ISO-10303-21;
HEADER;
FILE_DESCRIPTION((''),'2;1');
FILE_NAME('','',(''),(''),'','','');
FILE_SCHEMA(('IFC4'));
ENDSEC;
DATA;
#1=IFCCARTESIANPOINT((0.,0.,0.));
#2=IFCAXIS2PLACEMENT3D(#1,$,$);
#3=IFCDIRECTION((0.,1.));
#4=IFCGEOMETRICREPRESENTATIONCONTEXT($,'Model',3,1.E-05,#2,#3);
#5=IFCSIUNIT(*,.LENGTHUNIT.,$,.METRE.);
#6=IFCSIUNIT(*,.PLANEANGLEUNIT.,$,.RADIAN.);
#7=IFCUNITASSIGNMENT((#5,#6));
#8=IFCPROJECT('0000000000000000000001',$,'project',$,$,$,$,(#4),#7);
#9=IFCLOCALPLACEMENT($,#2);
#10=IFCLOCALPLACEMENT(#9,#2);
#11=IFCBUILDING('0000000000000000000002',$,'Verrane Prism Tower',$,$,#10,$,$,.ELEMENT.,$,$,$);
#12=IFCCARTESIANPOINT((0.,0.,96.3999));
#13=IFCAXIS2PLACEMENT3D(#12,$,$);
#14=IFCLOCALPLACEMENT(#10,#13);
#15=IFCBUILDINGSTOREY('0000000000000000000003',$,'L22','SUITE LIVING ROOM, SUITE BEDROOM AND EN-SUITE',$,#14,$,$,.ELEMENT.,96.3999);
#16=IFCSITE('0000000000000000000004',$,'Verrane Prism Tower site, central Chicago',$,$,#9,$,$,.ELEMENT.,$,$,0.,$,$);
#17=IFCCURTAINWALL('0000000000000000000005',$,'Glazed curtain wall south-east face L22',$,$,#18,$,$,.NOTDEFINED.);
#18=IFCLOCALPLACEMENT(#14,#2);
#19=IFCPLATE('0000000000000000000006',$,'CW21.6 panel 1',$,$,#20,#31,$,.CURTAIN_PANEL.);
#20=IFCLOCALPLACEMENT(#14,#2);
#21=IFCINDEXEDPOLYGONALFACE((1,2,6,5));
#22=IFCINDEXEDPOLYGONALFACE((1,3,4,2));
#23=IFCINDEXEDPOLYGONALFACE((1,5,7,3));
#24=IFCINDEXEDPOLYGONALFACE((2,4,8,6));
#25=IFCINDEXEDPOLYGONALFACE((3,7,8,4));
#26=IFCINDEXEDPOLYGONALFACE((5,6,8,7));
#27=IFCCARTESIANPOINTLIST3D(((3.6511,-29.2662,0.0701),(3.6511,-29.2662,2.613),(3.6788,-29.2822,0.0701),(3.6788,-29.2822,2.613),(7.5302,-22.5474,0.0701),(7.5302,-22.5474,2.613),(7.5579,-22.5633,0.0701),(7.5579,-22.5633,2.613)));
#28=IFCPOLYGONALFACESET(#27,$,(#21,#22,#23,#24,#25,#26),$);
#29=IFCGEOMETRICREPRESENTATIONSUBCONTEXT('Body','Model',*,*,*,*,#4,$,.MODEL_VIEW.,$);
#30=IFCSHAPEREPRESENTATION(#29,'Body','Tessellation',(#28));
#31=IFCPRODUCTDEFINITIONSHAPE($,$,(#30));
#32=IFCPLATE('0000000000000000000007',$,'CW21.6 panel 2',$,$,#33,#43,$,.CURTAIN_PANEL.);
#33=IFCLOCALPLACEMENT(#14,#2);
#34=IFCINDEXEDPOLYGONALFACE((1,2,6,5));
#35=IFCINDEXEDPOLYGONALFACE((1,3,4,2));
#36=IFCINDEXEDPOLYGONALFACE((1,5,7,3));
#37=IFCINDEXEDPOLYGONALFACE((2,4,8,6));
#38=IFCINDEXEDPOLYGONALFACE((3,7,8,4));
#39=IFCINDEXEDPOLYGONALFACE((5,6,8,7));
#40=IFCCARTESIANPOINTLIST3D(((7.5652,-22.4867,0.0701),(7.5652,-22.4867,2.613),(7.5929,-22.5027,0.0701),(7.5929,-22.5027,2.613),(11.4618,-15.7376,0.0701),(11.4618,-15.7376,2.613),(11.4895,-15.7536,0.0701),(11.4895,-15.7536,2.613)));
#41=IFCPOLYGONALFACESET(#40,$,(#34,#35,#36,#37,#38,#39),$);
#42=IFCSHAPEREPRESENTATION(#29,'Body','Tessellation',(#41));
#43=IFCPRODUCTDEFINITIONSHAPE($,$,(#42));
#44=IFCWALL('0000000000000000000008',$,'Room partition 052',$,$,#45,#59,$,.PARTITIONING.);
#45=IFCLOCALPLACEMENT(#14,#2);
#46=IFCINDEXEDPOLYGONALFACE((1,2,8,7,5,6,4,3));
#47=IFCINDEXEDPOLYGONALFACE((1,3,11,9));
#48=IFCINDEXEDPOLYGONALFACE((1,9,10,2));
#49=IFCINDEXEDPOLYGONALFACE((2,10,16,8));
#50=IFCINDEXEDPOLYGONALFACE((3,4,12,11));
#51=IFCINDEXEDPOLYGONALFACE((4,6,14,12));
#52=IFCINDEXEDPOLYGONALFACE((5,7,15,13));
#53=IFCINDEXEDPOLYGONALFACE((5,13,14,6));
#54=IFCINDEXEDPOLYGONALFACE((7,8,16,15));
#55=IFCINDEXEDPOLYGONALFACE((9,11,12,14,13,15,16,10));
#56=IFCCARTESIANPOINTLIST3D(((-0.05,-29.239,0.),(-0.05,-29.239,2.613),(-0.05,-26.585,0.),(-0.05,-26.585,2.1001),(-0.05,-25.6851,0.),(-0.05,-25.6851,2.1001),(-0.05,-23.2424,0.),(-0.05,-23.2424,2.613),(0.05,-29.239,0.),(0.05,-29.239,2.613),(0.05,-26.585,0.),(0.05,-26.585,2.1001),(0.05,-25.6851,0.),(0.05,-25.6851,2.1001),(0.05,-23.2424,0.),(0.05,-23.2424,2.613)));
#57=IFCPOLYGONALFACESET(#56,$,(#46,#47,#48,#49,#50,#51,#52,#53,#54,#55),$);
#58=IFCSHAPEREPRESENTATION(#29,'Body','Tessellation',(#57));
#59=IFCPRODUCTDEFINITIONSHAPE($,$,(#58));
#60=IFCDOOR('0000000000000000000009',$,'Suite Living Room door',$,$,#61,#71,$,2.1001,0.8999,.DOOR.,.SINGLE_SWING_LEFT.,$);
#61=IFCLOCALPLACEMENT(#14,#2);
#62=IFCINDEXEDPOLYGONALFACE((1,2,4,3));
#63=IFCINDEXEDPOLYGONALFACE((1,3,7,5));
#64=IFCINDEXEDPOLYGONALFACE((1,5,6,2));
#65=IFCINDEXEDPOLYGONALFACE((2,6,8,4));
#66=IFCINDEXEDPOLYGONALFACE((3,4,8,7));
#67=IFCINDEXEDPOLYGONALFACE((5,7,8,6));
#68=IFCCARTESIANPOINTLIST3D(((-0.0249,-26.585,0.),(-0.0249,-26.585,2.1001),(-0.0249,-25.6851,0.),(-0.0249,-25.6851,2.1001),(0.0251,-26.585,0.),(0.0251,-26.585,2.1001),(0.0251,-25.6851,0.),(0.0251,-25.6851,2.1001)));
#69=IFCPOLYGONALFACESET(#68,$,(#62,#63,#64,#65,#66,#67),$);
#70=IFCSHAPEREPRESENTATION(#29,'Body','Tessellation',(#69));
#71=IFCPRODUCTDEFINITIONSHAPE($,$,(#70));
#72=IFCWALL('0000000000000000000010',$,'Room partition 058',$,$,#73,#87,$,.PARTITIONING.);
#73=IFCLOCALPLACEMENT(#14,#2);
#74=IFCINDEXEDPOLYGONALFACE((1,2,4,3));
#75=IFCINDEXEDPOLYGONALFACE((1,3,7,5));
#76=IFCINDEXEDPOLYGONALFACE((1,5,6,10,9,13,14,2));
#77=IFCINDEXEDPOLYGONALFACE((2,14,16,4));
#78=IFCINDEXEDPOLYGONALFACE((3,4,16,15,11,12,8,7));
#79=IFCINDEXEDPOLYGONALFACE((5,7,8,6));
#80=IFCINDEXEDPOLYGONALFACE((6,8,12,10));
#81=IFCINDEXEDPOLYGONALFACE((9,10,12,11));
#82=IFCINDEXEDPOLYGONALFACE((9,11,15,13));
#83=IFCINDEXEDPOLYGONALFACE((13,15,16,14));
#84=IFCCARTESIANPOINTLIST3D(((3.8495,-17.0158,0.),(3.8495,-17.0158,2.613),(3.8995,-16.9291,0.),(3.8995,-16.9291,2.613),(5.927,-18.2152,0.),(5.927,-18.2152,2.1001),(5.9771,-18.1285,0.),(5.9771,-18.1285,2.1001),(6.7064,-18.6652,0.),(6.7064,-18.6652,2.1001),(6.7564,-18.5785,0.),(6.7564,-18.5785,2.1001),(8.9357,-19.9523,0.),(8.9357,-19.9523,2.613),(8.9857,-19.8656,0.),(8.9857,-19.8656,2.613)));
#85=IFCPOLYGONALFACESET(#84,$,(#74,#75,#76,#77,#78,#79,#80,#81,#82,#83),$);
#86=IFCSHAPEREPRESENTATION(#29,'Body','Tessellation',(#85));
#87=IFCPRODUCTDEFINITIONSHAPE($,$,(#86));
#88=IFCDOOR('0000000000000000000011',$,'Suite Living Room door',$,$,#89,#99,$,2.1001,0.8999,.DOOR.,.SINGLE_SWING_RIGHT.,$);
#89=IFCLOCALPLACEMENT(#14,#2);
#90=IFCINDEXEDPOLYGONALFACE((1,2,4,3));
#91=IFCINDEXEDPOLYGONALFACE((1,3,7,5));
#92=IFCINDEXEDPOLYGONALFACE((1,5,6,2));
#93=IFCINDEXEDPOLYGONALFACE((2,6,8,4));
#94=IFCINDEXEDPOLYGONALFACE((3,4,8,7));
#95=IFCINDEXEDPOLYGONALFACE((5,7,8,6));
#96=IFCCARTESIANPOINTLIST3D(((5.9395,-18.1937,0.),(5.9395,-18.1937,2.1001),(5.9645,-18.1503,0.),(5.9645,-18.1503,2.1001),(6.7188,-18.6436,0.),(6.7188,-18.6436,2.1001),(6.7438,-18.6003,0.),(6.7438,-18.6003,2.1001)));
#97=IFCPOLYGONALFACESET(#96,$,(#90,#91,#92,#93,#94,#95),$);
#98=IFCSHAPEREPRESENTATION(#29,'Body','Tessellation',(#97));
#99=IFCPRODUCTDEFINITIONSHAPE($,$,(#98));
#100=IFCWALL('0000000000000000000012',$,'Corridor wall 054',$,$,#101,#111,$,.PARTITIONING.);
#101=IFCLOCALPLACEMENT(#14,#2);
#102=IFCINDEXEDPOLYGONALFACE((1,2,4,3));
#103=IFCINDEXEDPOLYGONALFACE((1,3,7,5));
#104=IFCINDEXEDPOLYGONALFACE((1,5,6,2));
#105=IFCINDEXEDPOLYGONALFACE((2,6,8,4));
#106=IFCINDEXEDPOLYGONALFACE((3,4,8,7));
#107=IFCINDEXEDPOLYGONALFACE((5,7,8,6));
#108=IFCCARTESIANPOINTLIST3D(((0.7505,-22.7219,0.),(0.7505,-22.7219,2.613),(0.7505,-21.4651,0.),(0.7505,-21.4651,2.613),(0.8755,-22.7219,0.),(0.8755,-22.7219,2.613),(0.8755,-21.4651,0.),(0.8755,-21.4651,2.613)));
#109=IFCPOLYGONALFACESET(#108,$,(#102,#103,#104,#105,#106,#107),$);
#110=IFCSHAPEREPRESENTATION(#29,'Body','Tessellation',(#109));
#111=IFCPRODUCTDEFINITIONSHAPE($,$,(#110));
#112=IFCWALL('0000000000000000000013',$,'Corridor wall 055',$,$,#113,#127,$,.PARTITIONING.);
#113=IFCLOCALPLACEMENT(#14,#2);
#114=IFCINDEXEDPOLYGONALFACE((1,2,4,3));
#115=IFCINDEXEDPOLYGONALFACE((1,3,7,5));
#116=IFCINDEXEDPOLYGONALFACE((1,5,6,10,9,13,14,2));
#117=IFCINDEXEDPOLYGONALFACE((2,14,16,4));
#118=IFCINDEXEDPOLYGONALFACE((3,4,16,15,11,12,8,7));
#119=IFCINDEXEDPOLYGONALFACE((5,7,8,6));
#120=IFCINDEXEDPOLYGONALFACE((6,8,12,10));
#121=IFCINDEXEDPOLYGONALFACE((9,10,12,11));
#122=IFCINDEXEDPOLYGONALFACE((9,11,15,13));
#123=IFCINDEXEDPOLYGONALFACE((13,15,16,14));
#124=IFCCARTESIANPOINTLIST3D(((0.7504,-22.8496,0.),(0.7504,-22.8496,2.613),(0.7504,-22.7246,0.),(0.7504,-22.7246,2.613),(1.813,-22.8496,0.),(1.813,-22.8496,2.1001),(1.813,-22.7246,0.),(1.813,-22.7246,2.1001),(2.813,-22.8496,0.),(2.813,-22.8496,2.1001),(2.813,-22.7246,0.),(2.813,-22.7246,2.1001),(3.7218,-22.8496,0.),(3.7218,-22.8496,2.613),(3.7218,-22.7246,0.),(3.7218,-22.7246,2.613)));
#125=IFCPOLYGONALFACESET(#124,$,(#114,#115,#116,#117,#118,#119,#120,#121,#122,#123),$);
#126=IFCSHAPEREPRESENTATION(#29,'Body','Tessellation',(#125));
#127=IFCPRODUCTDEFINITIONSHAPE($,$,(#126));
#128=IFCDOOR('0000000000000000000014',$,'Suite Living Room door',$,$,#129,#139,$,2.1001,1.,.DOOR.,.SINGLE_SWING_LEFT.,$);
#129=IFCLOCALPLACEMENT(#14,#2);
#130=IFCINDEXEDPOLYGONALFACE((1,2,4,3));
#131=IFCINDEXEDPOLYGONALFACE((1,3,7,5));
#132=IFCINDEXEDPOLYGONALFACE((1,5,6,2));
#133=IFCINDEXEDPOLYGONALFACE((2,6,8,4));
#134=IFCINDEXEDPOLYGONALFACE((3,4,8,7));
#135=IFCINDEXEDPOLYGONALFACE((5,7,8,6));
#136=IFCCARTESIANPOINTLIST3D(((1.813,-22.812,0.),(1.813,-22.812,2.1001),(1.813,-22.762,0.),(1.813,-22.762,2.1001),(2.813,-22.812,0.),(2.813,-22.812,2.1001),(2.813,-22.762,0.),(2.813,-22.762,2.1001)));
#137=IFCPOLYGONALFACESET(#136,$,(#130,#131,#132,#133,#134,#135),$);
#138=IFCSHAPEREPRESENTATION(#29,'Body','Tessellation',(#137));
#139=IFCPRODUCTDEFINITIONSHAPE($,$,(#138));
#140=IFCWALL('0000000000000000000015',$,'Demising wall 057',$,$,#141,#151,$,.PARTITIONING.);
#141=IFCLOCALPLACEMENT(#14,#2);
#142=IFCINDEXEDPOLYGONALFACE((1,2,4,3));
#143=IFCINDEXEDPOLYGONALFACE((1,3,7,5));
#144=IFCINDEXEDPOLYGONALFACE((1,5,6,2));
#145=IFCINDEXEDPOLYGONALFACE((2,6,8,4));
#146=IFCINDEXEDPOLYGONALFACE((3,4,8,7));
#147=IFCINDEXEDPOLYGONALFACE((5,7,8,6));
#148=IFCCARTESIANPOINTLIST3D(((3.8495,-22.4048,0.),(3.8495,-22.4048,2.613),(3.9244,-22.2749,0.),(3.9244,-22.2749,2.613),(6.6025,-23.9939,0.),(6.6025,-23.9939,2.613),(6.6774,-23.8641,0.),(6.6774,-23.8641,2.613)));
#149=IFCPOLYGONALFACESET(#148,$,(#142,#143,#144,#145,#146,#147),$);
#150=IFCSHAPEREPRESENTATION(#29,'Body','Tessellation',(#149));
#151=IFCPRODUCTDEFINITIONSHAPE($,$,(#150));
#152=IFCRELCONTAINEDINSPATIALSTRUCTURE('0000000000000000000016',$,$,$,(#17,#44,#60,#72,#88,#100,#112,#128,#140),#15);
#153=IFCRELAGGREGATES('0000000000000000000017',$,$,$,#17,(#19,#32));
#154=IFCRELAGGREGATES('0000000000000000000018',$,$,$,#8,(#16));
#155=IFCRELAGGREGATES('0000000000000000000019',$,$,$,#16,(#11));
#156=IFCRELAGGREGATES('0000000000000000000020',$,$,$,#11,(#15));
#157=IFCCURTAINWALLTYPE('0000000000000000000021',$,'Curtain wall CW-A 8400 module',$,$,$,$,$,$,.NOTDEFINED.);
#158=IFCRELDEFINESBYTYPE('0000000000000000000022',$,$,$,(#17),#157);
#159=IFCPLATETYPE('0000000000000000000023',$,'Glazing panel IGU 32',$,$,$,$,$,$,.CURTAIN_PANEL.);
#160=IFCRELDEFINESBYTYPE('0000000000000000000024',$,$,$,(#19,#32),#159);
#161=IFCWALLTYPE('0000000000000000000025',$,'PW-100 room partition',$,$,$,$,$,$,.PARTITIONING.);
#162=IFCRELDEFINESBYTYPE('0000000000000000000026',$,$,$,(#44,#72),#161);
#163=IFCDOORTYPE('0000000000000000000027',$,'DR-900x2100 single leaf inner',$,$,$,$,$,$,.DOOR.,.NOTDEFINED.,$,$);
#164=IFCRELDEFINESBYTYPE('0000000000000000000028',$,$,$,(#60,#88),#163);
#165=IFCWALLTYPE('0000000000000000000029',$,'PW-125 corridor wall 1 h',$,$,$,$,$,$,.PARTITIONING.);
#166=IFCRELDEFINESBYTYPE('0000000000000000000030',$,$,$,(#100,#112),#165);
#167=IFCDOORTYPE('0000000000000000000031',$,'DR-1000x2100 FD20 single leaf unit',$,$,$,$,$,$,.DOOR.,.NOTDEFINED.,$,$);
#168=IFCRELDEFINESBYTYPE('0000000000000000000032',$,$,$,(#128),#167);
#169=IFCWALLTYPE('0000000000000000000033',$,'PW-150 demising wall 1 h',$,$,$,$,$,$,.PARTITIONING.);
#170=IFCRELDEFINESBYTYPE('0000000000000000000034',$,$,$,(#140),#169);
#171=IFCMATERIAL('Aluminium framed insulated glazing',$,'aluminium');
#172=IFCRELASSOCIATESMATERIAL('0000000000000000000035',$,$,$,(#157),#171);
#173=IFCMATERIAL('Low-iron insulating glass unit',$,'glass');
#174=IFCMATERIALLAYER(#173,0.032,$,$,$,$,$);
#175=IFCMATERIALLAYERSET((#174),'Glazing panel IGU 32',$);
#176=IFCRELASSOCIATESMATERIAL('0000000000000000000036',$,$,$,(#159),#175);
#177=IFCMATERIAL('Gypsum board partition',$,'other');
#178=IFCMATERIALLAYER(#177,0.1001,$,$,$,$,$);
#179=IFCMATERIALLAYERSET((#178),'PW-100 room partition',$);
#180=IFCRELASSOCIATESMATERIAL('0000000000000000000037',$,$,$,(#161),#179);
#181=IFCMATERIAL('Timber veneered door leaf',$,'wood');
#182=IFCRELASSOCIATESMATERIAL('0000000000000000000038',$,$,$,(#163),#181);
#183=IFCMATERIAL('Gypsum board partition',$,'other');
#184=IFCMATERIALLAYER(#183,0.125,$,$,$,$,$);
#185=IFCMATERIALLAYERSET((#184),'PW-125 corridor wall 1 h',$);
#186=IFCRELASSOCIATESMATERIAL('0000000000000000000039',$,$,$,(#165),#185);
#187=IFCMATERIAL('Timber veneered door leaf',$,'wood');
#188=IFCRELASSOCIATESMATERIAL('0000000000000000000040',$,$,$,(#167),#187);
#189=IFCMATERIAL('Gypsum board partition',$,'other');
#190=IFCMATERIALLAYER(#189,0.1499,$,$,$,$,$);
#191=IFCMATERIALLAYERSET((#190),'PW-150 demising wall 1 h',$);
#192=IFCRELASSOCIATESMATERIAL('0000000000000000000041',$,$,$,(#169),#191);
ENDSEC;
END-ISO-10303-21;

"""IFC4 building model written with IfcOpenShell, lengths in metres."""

from ifc_helpers import new_model, si_unit, direction, frame, frame_2d, origin, origin_2d, place, context, subcontext, project, spatial, rectangle, extrude, material, layer, layer_set, type_object, element, fill, aggregate, save


model = new_model("IFC4")

# Units and contexts
model_context = context("Model", 3, precision=1e-05, world=origin(), true_north=direction((0.0, 1.0)))
body_context = subcontext(model_context, "Body", "Model", "MODEL_VIEW")
ifc_project = project(units=[si_unit("LENGTHUNIT", "METRE"), si_unit("PLANEANGLEUNIT", "RADIAN")], contexts=[model_context])

# Site, building, storey
site_placement = place(None, origin())
site = spatial("IfcSite", under=ifc_project, at=site_placement, Name="Verrane Prism Tower site, central Chicago", CompositionType="ELEMENT", RefElevation=0.0)
building_placement = place(site_placement, origin())
building = spatial("IfcBuilding", under=site, at=building_placement, Name="Verrane Prism Tower", CompositionType="ELEMENT")
storey_placement = place(building_placement, frame((0.0, 0.0, 96.3999)))
storey = spatial("IfcBuildingStorey", under=building, at=storey_placement, Name="L22", Description="SUITE LIVING ROOM, SUITE BEDROOM AND EN-SUITE", CompositionType="ELEMENT", Elevation=96.3999)

# Curtain wall
ifc_material_1 = material(Name="Aluminium framed insulated glazing", Category="aluminium")
curtain_wall_type = type_object("IfcCurtainWallType", Name="Curtain wall CW-A 8400 module", PredefinedType="NOTDEFINED", material=ifc_material_1)
curtain_wall_1_placement = place(storey_placement, origin())
curtain_wall_1 = element("IfcCurtainWall", 1, at=curtain_wall_1_placement, inside=storey, type_object=curtain_wall_type, Name="Glazed curtain wall south-east face L22", PredefinedType="NOTDEFINED")

# Shared definitions
ifc_material_2 = material(Name="Low-iron insulating glass unit", Category="glass")
ifc_layer_1 = layer(ifc_material_2, 0.032)
ifc_layer_set_1 = layer_set([ifc_layer_1], Name="Glazing panel IGU 32")
plate_type = type_object("IfcPlateType", Name="Glazing panel IGU 32", PredefinedType="CURTAIN_PANEL", material=ifc_layer_set_1)

# Plates
plate_1_placement = place(storey_placement, frame((5.6045, -25.9148, 0.0701), z_axis=(0.0, 0.0, 1.0), x_axis=(0.5, 0.866026, 0.0)))
plate_1 = element("IfcPlate", 2, at=plate_1_placement, type_object=plate_type, Name="CW21.6 panel 1", PredefinedType="CURTAIN_PANEL", context=body_context, shape_type="SweptSolid", body=[
    extrude(rectangle(XDim=7.7583, YDim=0.032, at=origin_2d()), origin(), (0.0, 0.0, 1.0), 2.543),
])
plate_2_placement = place(storey_placement, frame((9.5273, -19.1201, 0.0701), z_axis=(0.0, 0.0, 1.0), x_axis=(0.5, 0.866026, 0.0)))
plate_2 = element("IfcPlate", 3, at=plate_2_placement, type_object=plate_type, Name="CW21.6 panel 2", PredefinedType="CURTAIN_PANEL", context=body_context, shape_type="SweptSolid", body=[
    extrude(rectangle(XDim=7.7932, YDim=0.032, at=origin_2d()), origin(), (0.0, 0.0, 1.0), 2.543),
])
aggregate(curtain_wall_1, [plate_1, plate_2])

# Walls, openings, doors
ifc_material_3 = material(Name="Gypsum board partition", Category="other")
ifc_layer_2 = layer(ifc_material_3, 0.1001)
ifc_layer_set_2 = layer_set([ifc_layer_2], Name="PW-100 room partition")
wall_type_1 = type_object("IfcWallType", Name="PW-100 room partition", PredefinedType="PARTITIONING", material=ifc_layer_set_2)
wall_1_placement = place(storey_placement, frame((0.0, -29.239, 0.0), z_axis=(0.0, 0.0, 1.0), x_axis=(0.0, 1.0, 0.0)))
wall_1 = element("IfcWall", 4, at=wall_1_placement, inside=storey, type_object=wall_type_1, Name="Room partition 052", PredefinedType="PARTITIONING", context=body_context, shape_type="SweptSolid", body=[
    extrude(rectangle(XDim=5.9966, YDim=0.1001, at=frame_2d((2.9983, 0.0))), origin(), (0.0, 0.0, 1.0), 2.613),
])
opening_1_placement = place(wall_1_placement, frame((2.6541, 0.0, 0.0)))
opening_1 = element("IfcOpeningElement", 5, at=opening_1_placement, cuts=wall_1, PredefinedType="OPENING", context=body_context, shape_type="SweptSolid", body=[
    extrude(rectangle(XDim=0.8999, YDim=2.1001, at=frame_2d((0.45, 1.05))), frame((0.0, 0.0601, 0.0), z_axis=(0.0, -1.0, 0.0), x_axis=(1.0, 0.0, 0.0)), (0.0, 0.0, 1.0), 0.1201),
])
ifc_material_4 = material(Name="Timber veneered door leaf", Category="wood")
door_type_1 = type_object("IfcDoorType", Name="DR-900x2100 single leaf inner", OperationType="NOTDEFINED", PredefinedType="DOOR", material=ifc_material_4)
door_1_placement = place(opening_1_placement, origin())
door_1 = element("IfcDoor", 6, at=door_1_placement, inside=storey, type_object=door_type_1, Name="Suite Living Room door", OperationType="SINGLE_SWING_LEFT", OverallHeight=2.1001, OverallWidth=0.8999, PredefinedType="DOOR", context=body_context, shape_type="SweptSolid", body=[
    extrude(rectangle(XDim=0.8999, YDim=2.1001, at=frame_2d((0.45, 1.05))), frame((0.0, 0.0249, 0.0), z_axis=(0.0, -1.0, 0.0), x_axis=(1.0, 0.0, 0.0)), (0.0, 0.0, 1.0), 0.05),
])
fill(opening_1, door_1)
wall_2_placement = place(storey_placement, frame((3.8745, -16.9724, 0.0), z_axis=(0.0, 0.0, 1.0), x_axis=(0.866024, -0.500002, 0.0)))
wall_2 = element("IfcWall", 7, at=wall_2_placement, inside=storey, type_object=wall_type_1, Name="Room partition 058", PredefinedType="PARTITIONING", context=body_context, shape_type="SweptSolid", body=[
    extrude(rectangle(XDim=5.873, YDim=0.1001, at=frame_2d((2.9365, 0.0))), origin(), (0.0, 0.0, 1.0), 2.613),
])
opening_2_placement = place(wall_2_placement, frame((2.3989, 0.0, 0.0)))
opening_2 = element("IfcOpeningElement", 8, at=opening_2_placement, cuts=wall_2, PredefinedType="OPENING", context=body_context, shape_type="SweptSolid", body=[
    extrude(rectangle(XDim=0.8999, YDim=2.1001, at=frame_2d((0.45, 1.05))), frame((0.0, 0.0601, 0.0), z_axis=(0.0, -1.0, 0.0), x_axis=(1.0, 0.0, 0.0)), (0.0, 0.0, 1.0), 0.1201),
])
door_2_placement = place(opening_2_placement, origin())
door_2 = element("IfcDoor", 9, at=door_2_placement, inside=storey, type_object=door_type_1, Name="Suite Living Room door", OperationType="SINGLE_SWING_RIGHT", OverallHeight=2.1001, OverallWidth=0.8999, PredefinedType="DOOR", context=body_context, shape_type="SweptSolid", body=[
    extrude(rectangle(XDim=0.8999, YDim=2.1001, at=frame_2d((0.45, 1.05))), frame((0.0, 0.0249, 0.0), z_axis=(0.0, -1.0, 0.0), x_axis=(1.0, 0.0, 0.0)), (0.0, 0.0, 1.0), 0.05),
])
fill(opening_2, door_2)

# Wall
ifc_material_5 = material(Name="Gypsum board partition", Category="other")
ifc_layer_3 = layer(ifc_material_5, 0.125)
ifc_layer_set_3 = layer_set([ifc_layer_3], Name="PW-125 corridor wall 1 h")
wall_type_2 = type_object("IfcWallType", Name="PW-125 corridor wall 1 h", PredefinedType="PARTITIONING", material=ifc_layer_set_3)
wall_3_placement = place(storey_placement, frame((0.813, -22.7219, 0.0), z_axis=(0.0, 0.0, 1.0), x_axis=(0.0, 1.0, 0.0)))
element("IfcWall", 10, at=wall_3_placement, inside=storey, type_object=wall_type_2, Name="Corridor wall 054", PredefinedType="PARTITIONING", context=body_context, shape_type="SweptSolid", body=[
    extrude(rectangle(XDim=1.2568, YDim=0.125, at=frame_2d((0.6284, 0.0))), origin(), (0.0, 0.0, 1.0), 2.613),
])

# Wall, opening, door
wall_4_placement = place(storey_placement, frame((3.7219, -22.7871, 0.0), z_axis=(0.0, 0.0, 1.0), x_axis=(-1.0, 0.0, 0.0)))
wall_4 = element("IfcWall", 11, at=wall_4_placement, inside=storey, type_object=wall_type_2, Name="Corridor wall 055", PredefinedType="PARTITIONING", context=body_context, shape_type="SweptSolid", body=[
    extrude(rectangle(XDim=2.9714, YDim=0.125, at=frame_2d((1.4858, 0.0))), origin(), (0.0, 0.0, 1.0), 2.613),
])
opening_3_placement = place(wall_4_placement, frame((0.9089, 0.0, 0.0)))
opening_3 = element("IfcOpeningElement", 12, at=opening_3_placement, cuts=wall_4, PredefinedType="OPENING", context=body_context, shape_type="SweptSolid", body=[
    extrude(rectangle(XDim=1.0, YDim=2.1001, at=frame_2d((0.5, 1.05))), frame((0.0, 0.0725, 0.0), z_axis=(0.0, -1.0, 0.0), x_axis=(1.0, 0.0, 0.0)), (0.0, 0.0, 1.0), 0.145),
])
ifc_material_6 = material(Name="Timber veneered door leaf", Category="wood")
door_type_2 = type_object("IfcDoorType", Name="DR-1000x2100 FD20 single leaf unit", OperationType="NOTDEFINED", PredefinedType="DOOR", material=ifc_material_6)
door_3_placement = place(opening_3_placement, origin())
door_3 = element("IfcDoor", 13, at=door_3_placement, inside=storey, type_object=door_type_2, Name="Suite Living Room door", OperationType="SINGLE_SWING_LEFT", OverallHeight=2.1001, OverallWidth=1.0, PredefinedType="DOOR", context=body_context, shape_type="SweptSolid", body=[
    extrude(rectangle(XDim=1.0, YDim=2.1001, at=frame_2d((0.5, 1.05))), frame((0.0, 0.0249, 0.0), z_axis=(0.0, -1.0, 0.0), x_axis=(1.0, 0.0, 0.0)), (0.0, 0.0, 1.0), 0.05),
])
fill(opening_3, door_3)

# Wall
ifc_material_7 = material(Name="Gypsum board partition", Category="other")
ifc_layer_4 = layer(ifc_material_7, 0.1499)
ifc_layer_set_4 = layer_set([ifc_layer_4], Name="PW-150 demising wall 1 h")
wall_type_3 = type_object("IfcWallType", Name="PW-150 demising wall 1 h", PredefinedType="PARTITIONING", material=ifc_layer_set_4)
wall_5_placement = place(storey_placement, frame((3.887, -22.3398, 0.0), z_axis=(0.0, 0.0, 1.0), x_axis=(0.866065, -0.499931, 0.0)))
element("IfcWall", 14, at=wall_5_placement, inside=storey, type_object=wall_type_3, Name="Demising wall 057", PredefinedType="PARTITIONING", context=body_context, shape_type="SweptSolid", body=[
    extrude(rectangle(XDim=3.1787, YDim=0.1499, at=frame_2d((1.5894, 0.0))), origin(), (0.0, 0.0, 1.0), 2.613),
])

save(model, "model.ifc")
